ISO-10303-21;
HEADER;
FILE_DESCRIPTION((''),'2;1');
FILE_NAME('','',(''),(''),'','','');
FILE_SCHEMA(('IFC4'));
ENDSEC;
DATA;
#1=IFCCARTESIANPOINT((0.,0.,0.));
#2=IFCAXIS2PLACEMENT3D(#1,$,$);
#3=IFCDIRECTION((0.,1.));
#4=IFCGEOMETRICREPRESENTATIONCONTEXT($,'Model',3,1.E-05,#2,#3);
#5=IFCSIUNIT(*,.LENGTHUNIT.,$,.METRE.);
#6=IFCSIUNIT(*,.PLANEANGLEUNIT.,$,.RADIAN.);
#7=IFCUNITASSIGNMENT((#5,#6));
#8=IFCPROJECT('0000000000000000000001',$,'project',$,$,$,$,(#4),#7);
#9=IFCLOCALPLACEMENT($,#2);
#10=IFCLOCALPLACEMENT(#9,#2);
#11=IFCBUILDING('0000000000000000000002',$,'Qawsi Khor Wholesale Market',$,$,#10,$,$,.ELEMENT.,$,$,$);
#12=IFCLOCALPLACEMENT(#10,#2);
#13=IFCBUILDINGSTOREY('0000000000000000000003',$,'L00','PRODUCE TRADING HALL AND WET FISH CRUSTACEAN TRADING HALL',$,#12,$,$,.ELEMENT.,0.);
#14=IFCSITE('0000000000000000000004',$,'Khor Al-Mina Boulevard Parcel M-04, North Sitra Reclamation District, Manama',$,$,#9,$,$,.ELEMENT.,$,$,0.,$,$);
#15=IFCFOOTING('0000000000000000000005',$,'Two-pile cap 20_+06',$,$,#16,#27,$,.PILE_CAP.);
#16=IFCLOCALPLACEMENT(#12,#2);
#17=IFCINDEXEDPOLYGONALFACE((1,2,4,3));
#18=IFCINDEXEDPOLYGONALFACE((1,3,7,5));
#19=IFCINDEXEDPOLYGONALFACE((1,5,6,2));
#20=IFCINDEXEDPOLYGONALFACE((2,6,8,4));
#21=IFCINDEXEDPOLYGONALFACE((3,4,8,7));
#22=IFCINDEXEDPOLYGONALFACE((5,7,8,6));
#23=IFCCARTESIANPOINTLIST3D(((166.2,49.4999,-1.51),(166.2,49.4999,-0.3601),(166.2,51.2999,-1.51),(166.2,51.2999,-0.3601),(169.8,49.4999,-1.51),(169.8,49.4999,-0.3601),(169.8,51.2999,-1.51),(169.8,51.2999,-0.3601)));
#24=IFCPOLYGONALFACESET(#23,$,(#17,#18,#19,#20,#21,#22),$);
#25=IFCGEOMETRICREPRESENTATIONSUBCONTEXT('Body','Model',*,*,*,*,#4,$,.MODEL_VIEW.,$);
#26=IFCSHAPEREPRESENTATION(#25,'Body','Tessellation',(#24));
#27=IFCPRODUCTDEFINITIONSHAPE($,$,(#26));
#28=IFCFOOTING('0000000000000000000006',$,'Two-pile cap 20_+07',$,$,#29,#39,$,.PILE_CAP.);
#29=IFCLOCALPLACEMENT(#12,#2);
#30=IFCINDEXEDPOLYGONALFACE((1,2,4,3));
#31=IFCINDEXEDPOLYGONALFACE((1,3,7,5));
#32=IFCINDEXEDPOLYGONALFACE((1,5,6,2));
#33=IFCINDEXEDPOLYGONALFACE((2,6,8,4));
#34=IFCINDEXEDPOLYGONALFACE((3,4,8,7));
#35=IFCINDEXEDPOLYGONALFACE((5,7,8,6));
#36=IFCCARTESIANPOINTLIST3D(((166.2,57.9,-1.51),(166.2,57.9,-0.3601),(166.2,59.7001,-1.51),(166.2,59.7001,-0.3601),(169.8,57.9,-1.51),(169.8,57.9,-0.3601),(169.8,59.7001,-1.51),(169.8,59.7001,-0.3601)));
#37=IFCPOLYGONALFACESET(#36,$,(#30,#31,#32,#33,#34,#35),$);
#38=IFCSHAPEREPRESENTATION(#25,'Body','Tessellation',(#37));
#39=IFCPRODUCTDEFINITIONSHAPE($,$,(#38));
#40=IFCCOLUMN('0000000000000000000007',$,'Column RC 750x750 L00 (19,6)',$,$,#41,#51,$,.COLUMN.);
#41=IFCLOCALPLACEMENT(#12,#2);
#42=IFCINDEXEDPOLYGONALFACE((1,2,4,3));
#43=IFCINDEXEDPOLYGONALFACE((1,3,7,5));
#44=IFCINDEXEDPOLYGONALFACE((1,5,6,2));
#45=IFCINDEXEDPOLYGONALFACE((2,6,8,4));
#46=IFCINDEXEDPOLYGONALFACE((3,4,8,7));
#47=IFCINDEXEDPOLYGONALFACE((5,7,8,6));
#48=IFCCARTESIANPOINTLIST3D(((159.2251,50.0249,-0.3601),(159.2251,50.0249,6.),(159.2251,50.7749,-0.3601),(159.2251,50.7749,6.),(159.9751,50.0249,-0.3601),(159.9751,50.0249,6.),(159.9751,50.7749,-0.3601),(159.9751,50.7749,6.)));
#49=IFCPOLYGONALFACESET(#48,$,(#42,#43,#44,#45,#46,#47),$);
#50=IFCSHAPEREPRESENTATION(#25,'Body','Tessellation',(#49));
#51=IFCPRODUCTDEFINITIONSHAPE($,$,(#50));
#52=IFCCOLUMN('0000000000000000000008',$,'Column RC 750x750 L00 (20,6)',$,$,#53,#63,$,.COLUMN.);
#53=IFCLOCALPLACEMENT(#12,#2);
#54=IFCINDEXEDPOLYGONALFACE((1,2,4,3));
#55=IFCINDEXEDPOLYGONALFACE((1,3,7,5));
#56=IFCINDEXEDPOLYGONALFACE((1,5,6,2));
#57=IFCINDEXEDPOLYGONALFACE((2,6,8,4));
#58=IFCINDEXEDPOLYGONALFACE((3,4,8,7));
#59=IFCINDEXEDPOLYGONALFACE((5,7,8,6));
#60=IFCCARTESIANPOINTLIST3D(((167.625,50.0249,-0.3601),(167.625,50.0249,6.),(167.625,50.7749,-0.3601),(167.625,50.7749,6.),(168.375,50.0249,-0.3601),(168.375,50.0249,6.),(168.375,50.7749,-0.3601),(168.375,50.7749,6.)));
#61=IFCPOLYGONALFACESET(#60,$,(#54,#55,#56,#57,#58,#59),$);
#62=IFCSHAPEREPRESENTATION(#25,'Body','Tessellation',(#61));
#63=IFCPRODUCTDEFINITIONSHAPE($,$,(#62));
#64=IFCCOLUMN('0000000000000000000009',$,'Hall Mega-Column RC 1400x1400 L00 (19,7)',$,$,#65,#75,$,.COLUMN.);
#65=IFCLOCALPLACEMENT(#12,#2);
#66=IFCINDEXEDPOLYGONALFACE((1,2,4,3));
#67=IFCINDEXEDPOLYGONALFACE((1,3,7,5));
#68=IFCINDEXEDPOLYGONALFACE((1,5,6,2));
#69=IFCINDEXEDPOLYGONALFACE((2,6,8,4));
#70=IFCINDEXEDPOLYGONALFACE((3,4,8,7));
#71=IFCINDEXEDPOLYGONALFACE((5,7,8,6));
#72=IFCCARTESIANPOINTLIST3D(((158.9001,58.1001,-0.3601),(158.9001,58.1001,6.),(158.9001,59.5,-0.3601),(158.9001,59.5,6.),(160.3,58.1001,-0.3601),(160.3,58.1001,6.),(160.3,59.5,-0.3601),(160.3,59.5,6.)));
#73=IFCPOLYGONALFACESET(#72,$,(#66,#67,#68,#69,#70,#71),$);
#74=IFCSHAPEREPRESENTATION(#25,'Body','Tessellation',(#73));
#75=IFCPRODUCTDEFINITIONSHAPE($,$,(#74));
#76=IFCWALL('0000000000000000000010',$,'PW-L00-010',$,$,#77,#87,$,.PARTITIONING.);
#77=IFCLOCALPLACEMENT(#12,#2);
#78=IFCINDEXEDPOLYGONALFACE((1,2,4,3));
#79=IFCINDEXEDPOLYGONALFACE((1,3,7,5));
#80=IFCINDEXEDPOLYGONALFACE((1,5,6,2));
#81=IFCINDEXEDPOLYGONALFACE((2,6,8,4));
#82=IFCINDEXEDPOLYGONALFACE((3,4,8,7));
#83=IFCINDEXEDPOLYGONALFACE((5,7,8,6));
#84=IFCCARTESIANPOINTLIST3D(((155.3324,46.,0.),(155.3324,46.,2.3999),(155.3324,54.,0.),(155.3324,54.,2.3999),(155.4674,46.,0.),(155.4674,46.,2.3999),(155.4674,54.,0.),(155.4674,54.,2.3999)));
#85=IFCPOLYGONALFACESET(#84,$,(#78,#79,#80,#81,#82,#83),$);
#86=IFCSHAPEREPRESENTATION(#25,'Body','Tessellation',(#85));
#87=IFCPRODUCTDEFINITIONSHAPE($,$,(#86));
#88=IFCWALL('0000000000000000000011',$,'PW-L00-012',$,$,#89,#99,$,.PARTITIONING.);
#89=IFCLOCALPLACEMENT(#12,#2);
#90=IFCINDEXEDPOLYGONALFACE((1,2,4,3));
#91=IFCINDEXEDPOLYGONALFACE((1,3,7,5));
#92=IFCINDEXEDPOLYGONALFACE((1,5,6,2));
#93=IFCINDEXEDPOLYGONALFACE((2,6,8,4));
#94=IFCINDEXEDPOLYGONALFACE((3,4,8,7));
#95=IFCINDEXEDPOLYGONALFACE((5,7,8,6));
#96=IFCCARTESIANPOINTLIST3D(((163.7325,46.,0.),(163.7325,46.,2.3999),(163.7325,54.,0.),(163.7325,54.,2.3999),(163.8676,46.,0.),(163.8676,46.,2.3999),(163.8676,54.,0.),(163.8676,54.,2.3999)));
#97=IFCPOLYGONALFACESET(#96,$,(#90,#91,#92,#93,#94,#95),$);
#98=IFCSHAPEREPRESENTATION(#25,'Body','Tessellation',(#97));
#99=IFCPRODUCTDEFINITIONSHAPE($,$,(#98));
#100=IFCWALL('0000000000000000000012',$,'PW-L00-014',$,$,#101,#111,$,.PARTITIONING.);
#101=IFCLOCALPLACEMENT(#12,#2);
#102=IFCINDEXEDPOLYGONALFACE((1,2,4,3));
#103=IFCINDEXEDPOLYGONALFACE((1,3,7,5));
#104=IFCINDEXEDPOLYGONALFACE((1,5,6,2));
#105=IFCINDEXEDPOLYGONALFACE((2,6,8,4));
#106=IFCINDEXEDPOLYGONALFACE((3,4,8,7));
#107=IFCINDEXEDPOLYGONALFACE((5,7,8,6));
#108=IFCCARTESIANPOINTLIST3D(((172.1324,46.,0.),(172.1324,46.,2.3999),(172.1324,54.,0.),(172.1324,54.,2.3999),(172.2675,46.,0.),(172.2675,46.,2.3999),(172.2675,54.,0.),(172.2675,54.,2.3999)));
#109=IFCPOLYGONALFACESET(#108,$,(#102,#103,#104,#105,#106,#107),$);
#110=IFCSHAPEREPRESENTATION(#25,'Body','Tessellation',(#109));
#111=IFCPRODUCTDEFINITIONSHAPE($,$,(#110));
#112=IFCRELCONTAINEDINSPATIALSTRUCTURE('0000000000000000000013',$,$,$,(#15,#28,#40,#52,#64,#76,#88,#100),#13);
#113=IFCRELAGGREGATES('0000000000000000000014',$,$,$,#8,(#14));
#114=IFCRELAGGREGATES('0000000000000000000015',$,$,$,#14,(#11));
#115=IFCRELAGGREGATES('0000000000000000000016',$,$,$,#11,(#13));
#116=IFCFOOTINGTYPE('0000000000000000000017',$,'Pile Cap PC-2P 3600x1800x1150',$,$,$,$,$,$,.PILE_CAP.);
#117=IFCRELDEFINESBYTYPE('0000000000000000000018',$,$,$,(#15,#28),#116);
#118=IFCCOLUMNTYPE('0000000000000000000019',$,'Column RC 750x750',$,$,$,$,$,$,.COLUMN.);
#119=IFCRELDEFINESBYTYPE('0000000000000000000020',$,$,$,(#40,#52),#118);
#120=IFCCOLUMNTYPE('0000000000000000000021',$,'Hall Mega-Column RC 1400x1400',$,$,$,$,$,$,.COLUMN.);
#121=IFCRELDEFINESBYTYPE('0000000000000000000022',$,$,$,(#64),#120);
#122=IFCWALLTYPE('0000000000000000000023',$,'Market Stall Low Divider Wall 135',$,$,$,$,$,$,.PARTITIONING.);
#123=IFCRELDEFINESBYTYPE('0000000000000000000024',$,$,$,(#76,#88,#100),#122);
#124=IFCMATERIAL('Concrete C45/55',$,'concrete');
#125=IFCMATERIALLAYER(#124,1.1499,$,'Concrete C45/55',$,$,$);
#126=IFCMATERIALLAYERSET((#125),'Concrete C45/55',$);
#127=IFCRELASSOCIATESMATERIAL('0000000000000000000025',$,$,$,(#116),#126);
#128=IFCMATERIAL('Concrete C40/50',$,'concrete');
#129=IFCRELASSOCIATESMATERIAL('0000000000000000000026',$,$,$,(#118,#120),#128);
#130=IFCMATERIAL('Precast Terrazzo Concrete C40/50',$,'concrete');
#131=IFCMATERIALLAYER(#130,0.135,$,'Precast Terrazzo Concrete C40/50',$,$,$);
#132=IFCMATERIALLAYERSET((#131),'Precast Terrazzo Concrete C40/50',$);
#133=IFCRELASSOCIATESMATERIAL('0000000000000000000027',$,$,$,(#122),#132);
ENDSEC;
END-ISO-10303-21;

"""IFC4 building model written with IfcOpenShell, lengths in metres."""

from ifc_helpers import new_model, si_unit, direction, frame, frame_2d, origin, origin_2d, place, context, subcontext, project, spatial, rectangle, extrude, material, layer, layer_set, material_profile, profile_set, type_object, element, save


model = new_model("IFC4")

# Units and contexts
model_context = context("Model", 3, precision=1e-05, world=origin(), true_north=direction((0.0, 1.0)))
body_context = subcontext(model_context, "Body", "Model", "MODEL_VIEW")
ifc_project = project(units=[si_unit("LENGTHUNIT", "METRE"), si_unit("PLANEANGLEUNIT", "RADIAN")], contexts=[model_context])

# Site, building, storey
site_placement = place(None, origin())
site = spatial("IfcSite", under=ifc_project, at=site_placement, Name="Khor Al-Mina Boulevard Parcel M-04, North Sitra Reclamation District, Manama", CompositionType="ELEMENT", RefElevation=0.0)
building_placement = place(site_placement, origin())
building = spatial("IfcBuilding", under=site, at=building_placement, Name="Qawsi Khor Wholesale Market", CompositionType="ELEMENT")
storey_placement = place(building_placement, origin())
storey = spatial("IfcBuildingStorey", under=building, at=storey_placement, Name="L00", Description="PRODUCE TRADING HALL AND WET FISH CRUSTACEAN TRADING HALL", CompositionType="ELEMENT", Elevation=0.0)

# Shared definitions
ifc_material_1 = material(Name="Concrete C45/55", Category="concrete")

# Footings
ifc_layer_1 = layer(ifc_material_1, 1.1499, Name="Concrete C45/55")
ifc_layer_set_1 = layer_set([ifc_layer_1], Name="Concrete C45/55")
footing_type_1 = type_object("IfcFootingType", Name="Pile Cap PC-2P 3600x1800x1150", PredefinedType="PILE_CAP", material=ifc_layer_set_1)
for number, where, z_axis, x_axis, name in (
    (1, (168.0, 50.3999, -1.51), (0.0, 0.0, 1.0), (1.0, 0.0, 0.0), "Two-pile cap 20_+06"),
    (2, (168.0, 58.8, -1.51), (0.0, 0.0, 1.0), (1.0, 0.0, 0.0), "Two-pile cap 20_+07"),
):
    element("IfcFooting", number, at=place(storey_placement, frame(where, z_axis=z_axis, x_axis=x_axis)), inside=storey, type_object=footing_type_1, Name=name, PredefinedType="PILE_CAP", context=body_context, shape_type="SweptSolid", body=[
        extrude(rectangle(XDim=3.6001, YDim=1.8, at=origin_2d()), origin(), (0.0, 0.0, 1.0), 1.1499),
    ])

# Columns
ifc_material_2 = material(Name="Concrete C40/50", Category="concrete")
ifc_material_profile_1 = material_profile(ifc_material_2, rectangle(XDim=0.75, YDim=0.75, at=origin_2d()), Name="RC 750x750")
ifc_profile_set_1 = profile_set([ifc_material_profile_1], Name="Concrete C40/50")
column_type_1 = type_object("IfcColumnType", Name="Column RC 750x750", PredefinedType="COLUMN", material=ifc_profile_set_1)
for number, where, z_axis, x_axis, name in (
    (3, (159.6001, 50.3999, -0.3601), (0.0, 0.0, 1.0), (1.0, 0.0, 0.0), "Column RC 750x750 L00 (19,6)"),
    (4, (168.0, 50.3999, -0.3601), (0.0, 0.0, 1.0), (1.0, 0.0, 0.0), "Column RC 750x750 L00 (20,6)"),
):
    element("IfcColumn", number, at=place(storey_placement, frame(where, z_axis=z_axis, x_axis=x_axis)), inside=storey, type_object=column_type_1, Name=name, PredefinedType="COLUMN", context=body_context, shape_type="SweptSolid", body=[
        extrude(rectangle(XDim=0.75, YDim=0.75, at=origin_2d()), origin(), (0.0, 0.0, 1.0), 6.3601),
    ])
ifc_material_profile_2 = material_profile(ifc_material_2, rectangle(XDim=1.3999, YDim=1.3999, at=origin_2d()), Name="RC 1400x1400")
ifc_profile_set_2 = profile_set([ifc_material_profile_2], Name="Concrete C40/50")
column_type_2 = type_object("IfcColumnType", Name="Hall Mega-Column RC 1400x1400", PredefinedType="COLUMN", material=ifc_profile_set_2)
column_placement = place(storey_placement, frame((159.6001, 58.8, -0.3601), z_axis=(0.0, 0.0, 1.0), x_axis=(1.0, 0.0, 0.0)))
element("IfcColumn", 5, at=column_placement, inside=storey, type_object=column_type_2, Name="Hall Mega-Column RC 1400x1400 L00 (19,7)", PredefinedType="COLUMN", context=body_context, shape_type="SweptSolid", body=[
    extrude(rectangle(XDim=1.3999, YDim=1.3999, at=origin_2d()), origin(), (0.0, 0.0, 1.0), 6.3601),
])

# Walls
ifc_material_3 = material(Name="Precast Terrazzo Concrete C40/50", Category="concrete")
ifc_layer_2 = layer(ifc_material_3, 0.135, Name="Precast Terrazzo Concrete C40/50")
ifc_layer_set_2 = layer_set([ifc_layer_2], Name="Precast Terrazzo Concrete C40/50")
wall_type = type_object("IfcWallType", Name="Market Stall Low Divider Wall 135", PredefinedType="PARTITIONING", material=ifc_layer_set_2)
for number, where, z_axis, x_axis, name in (
    (6, (155.3999, 46.0, 0.0), (0.0, 0.0, 1.0), (0.0, 1.0, 0.0), "PW-L00-010"),
    (7, (163.8, 46.0, 0.0), (0.0, 0.0, 1.0), (0.0, 1.0, 0.0), "PW-L00-012"),
    (8, (172.2, 46.0, 0.0), (0.0, 0.0, 1.0), (0.0, 1.0, 0.0), "PW-L00-014"),
):
    element("IfcWall", number, at=place(storey_placement, frame(where, z_axis=z_axis, x_axis=x_axis)), inside=storey, type_object=wall_type, Name=name, PredefinedType="PARTITIONING", context=body_context, shape_type="SweptSolid", body=[
        extrude(rectangle(XDim=8.0, YDim=0.135, at=frame_2d((4.0, 0.0))), origin(), (0.0, 0.0, 1.0), 2.3999),
    ])

save(model, "model.ifc")
